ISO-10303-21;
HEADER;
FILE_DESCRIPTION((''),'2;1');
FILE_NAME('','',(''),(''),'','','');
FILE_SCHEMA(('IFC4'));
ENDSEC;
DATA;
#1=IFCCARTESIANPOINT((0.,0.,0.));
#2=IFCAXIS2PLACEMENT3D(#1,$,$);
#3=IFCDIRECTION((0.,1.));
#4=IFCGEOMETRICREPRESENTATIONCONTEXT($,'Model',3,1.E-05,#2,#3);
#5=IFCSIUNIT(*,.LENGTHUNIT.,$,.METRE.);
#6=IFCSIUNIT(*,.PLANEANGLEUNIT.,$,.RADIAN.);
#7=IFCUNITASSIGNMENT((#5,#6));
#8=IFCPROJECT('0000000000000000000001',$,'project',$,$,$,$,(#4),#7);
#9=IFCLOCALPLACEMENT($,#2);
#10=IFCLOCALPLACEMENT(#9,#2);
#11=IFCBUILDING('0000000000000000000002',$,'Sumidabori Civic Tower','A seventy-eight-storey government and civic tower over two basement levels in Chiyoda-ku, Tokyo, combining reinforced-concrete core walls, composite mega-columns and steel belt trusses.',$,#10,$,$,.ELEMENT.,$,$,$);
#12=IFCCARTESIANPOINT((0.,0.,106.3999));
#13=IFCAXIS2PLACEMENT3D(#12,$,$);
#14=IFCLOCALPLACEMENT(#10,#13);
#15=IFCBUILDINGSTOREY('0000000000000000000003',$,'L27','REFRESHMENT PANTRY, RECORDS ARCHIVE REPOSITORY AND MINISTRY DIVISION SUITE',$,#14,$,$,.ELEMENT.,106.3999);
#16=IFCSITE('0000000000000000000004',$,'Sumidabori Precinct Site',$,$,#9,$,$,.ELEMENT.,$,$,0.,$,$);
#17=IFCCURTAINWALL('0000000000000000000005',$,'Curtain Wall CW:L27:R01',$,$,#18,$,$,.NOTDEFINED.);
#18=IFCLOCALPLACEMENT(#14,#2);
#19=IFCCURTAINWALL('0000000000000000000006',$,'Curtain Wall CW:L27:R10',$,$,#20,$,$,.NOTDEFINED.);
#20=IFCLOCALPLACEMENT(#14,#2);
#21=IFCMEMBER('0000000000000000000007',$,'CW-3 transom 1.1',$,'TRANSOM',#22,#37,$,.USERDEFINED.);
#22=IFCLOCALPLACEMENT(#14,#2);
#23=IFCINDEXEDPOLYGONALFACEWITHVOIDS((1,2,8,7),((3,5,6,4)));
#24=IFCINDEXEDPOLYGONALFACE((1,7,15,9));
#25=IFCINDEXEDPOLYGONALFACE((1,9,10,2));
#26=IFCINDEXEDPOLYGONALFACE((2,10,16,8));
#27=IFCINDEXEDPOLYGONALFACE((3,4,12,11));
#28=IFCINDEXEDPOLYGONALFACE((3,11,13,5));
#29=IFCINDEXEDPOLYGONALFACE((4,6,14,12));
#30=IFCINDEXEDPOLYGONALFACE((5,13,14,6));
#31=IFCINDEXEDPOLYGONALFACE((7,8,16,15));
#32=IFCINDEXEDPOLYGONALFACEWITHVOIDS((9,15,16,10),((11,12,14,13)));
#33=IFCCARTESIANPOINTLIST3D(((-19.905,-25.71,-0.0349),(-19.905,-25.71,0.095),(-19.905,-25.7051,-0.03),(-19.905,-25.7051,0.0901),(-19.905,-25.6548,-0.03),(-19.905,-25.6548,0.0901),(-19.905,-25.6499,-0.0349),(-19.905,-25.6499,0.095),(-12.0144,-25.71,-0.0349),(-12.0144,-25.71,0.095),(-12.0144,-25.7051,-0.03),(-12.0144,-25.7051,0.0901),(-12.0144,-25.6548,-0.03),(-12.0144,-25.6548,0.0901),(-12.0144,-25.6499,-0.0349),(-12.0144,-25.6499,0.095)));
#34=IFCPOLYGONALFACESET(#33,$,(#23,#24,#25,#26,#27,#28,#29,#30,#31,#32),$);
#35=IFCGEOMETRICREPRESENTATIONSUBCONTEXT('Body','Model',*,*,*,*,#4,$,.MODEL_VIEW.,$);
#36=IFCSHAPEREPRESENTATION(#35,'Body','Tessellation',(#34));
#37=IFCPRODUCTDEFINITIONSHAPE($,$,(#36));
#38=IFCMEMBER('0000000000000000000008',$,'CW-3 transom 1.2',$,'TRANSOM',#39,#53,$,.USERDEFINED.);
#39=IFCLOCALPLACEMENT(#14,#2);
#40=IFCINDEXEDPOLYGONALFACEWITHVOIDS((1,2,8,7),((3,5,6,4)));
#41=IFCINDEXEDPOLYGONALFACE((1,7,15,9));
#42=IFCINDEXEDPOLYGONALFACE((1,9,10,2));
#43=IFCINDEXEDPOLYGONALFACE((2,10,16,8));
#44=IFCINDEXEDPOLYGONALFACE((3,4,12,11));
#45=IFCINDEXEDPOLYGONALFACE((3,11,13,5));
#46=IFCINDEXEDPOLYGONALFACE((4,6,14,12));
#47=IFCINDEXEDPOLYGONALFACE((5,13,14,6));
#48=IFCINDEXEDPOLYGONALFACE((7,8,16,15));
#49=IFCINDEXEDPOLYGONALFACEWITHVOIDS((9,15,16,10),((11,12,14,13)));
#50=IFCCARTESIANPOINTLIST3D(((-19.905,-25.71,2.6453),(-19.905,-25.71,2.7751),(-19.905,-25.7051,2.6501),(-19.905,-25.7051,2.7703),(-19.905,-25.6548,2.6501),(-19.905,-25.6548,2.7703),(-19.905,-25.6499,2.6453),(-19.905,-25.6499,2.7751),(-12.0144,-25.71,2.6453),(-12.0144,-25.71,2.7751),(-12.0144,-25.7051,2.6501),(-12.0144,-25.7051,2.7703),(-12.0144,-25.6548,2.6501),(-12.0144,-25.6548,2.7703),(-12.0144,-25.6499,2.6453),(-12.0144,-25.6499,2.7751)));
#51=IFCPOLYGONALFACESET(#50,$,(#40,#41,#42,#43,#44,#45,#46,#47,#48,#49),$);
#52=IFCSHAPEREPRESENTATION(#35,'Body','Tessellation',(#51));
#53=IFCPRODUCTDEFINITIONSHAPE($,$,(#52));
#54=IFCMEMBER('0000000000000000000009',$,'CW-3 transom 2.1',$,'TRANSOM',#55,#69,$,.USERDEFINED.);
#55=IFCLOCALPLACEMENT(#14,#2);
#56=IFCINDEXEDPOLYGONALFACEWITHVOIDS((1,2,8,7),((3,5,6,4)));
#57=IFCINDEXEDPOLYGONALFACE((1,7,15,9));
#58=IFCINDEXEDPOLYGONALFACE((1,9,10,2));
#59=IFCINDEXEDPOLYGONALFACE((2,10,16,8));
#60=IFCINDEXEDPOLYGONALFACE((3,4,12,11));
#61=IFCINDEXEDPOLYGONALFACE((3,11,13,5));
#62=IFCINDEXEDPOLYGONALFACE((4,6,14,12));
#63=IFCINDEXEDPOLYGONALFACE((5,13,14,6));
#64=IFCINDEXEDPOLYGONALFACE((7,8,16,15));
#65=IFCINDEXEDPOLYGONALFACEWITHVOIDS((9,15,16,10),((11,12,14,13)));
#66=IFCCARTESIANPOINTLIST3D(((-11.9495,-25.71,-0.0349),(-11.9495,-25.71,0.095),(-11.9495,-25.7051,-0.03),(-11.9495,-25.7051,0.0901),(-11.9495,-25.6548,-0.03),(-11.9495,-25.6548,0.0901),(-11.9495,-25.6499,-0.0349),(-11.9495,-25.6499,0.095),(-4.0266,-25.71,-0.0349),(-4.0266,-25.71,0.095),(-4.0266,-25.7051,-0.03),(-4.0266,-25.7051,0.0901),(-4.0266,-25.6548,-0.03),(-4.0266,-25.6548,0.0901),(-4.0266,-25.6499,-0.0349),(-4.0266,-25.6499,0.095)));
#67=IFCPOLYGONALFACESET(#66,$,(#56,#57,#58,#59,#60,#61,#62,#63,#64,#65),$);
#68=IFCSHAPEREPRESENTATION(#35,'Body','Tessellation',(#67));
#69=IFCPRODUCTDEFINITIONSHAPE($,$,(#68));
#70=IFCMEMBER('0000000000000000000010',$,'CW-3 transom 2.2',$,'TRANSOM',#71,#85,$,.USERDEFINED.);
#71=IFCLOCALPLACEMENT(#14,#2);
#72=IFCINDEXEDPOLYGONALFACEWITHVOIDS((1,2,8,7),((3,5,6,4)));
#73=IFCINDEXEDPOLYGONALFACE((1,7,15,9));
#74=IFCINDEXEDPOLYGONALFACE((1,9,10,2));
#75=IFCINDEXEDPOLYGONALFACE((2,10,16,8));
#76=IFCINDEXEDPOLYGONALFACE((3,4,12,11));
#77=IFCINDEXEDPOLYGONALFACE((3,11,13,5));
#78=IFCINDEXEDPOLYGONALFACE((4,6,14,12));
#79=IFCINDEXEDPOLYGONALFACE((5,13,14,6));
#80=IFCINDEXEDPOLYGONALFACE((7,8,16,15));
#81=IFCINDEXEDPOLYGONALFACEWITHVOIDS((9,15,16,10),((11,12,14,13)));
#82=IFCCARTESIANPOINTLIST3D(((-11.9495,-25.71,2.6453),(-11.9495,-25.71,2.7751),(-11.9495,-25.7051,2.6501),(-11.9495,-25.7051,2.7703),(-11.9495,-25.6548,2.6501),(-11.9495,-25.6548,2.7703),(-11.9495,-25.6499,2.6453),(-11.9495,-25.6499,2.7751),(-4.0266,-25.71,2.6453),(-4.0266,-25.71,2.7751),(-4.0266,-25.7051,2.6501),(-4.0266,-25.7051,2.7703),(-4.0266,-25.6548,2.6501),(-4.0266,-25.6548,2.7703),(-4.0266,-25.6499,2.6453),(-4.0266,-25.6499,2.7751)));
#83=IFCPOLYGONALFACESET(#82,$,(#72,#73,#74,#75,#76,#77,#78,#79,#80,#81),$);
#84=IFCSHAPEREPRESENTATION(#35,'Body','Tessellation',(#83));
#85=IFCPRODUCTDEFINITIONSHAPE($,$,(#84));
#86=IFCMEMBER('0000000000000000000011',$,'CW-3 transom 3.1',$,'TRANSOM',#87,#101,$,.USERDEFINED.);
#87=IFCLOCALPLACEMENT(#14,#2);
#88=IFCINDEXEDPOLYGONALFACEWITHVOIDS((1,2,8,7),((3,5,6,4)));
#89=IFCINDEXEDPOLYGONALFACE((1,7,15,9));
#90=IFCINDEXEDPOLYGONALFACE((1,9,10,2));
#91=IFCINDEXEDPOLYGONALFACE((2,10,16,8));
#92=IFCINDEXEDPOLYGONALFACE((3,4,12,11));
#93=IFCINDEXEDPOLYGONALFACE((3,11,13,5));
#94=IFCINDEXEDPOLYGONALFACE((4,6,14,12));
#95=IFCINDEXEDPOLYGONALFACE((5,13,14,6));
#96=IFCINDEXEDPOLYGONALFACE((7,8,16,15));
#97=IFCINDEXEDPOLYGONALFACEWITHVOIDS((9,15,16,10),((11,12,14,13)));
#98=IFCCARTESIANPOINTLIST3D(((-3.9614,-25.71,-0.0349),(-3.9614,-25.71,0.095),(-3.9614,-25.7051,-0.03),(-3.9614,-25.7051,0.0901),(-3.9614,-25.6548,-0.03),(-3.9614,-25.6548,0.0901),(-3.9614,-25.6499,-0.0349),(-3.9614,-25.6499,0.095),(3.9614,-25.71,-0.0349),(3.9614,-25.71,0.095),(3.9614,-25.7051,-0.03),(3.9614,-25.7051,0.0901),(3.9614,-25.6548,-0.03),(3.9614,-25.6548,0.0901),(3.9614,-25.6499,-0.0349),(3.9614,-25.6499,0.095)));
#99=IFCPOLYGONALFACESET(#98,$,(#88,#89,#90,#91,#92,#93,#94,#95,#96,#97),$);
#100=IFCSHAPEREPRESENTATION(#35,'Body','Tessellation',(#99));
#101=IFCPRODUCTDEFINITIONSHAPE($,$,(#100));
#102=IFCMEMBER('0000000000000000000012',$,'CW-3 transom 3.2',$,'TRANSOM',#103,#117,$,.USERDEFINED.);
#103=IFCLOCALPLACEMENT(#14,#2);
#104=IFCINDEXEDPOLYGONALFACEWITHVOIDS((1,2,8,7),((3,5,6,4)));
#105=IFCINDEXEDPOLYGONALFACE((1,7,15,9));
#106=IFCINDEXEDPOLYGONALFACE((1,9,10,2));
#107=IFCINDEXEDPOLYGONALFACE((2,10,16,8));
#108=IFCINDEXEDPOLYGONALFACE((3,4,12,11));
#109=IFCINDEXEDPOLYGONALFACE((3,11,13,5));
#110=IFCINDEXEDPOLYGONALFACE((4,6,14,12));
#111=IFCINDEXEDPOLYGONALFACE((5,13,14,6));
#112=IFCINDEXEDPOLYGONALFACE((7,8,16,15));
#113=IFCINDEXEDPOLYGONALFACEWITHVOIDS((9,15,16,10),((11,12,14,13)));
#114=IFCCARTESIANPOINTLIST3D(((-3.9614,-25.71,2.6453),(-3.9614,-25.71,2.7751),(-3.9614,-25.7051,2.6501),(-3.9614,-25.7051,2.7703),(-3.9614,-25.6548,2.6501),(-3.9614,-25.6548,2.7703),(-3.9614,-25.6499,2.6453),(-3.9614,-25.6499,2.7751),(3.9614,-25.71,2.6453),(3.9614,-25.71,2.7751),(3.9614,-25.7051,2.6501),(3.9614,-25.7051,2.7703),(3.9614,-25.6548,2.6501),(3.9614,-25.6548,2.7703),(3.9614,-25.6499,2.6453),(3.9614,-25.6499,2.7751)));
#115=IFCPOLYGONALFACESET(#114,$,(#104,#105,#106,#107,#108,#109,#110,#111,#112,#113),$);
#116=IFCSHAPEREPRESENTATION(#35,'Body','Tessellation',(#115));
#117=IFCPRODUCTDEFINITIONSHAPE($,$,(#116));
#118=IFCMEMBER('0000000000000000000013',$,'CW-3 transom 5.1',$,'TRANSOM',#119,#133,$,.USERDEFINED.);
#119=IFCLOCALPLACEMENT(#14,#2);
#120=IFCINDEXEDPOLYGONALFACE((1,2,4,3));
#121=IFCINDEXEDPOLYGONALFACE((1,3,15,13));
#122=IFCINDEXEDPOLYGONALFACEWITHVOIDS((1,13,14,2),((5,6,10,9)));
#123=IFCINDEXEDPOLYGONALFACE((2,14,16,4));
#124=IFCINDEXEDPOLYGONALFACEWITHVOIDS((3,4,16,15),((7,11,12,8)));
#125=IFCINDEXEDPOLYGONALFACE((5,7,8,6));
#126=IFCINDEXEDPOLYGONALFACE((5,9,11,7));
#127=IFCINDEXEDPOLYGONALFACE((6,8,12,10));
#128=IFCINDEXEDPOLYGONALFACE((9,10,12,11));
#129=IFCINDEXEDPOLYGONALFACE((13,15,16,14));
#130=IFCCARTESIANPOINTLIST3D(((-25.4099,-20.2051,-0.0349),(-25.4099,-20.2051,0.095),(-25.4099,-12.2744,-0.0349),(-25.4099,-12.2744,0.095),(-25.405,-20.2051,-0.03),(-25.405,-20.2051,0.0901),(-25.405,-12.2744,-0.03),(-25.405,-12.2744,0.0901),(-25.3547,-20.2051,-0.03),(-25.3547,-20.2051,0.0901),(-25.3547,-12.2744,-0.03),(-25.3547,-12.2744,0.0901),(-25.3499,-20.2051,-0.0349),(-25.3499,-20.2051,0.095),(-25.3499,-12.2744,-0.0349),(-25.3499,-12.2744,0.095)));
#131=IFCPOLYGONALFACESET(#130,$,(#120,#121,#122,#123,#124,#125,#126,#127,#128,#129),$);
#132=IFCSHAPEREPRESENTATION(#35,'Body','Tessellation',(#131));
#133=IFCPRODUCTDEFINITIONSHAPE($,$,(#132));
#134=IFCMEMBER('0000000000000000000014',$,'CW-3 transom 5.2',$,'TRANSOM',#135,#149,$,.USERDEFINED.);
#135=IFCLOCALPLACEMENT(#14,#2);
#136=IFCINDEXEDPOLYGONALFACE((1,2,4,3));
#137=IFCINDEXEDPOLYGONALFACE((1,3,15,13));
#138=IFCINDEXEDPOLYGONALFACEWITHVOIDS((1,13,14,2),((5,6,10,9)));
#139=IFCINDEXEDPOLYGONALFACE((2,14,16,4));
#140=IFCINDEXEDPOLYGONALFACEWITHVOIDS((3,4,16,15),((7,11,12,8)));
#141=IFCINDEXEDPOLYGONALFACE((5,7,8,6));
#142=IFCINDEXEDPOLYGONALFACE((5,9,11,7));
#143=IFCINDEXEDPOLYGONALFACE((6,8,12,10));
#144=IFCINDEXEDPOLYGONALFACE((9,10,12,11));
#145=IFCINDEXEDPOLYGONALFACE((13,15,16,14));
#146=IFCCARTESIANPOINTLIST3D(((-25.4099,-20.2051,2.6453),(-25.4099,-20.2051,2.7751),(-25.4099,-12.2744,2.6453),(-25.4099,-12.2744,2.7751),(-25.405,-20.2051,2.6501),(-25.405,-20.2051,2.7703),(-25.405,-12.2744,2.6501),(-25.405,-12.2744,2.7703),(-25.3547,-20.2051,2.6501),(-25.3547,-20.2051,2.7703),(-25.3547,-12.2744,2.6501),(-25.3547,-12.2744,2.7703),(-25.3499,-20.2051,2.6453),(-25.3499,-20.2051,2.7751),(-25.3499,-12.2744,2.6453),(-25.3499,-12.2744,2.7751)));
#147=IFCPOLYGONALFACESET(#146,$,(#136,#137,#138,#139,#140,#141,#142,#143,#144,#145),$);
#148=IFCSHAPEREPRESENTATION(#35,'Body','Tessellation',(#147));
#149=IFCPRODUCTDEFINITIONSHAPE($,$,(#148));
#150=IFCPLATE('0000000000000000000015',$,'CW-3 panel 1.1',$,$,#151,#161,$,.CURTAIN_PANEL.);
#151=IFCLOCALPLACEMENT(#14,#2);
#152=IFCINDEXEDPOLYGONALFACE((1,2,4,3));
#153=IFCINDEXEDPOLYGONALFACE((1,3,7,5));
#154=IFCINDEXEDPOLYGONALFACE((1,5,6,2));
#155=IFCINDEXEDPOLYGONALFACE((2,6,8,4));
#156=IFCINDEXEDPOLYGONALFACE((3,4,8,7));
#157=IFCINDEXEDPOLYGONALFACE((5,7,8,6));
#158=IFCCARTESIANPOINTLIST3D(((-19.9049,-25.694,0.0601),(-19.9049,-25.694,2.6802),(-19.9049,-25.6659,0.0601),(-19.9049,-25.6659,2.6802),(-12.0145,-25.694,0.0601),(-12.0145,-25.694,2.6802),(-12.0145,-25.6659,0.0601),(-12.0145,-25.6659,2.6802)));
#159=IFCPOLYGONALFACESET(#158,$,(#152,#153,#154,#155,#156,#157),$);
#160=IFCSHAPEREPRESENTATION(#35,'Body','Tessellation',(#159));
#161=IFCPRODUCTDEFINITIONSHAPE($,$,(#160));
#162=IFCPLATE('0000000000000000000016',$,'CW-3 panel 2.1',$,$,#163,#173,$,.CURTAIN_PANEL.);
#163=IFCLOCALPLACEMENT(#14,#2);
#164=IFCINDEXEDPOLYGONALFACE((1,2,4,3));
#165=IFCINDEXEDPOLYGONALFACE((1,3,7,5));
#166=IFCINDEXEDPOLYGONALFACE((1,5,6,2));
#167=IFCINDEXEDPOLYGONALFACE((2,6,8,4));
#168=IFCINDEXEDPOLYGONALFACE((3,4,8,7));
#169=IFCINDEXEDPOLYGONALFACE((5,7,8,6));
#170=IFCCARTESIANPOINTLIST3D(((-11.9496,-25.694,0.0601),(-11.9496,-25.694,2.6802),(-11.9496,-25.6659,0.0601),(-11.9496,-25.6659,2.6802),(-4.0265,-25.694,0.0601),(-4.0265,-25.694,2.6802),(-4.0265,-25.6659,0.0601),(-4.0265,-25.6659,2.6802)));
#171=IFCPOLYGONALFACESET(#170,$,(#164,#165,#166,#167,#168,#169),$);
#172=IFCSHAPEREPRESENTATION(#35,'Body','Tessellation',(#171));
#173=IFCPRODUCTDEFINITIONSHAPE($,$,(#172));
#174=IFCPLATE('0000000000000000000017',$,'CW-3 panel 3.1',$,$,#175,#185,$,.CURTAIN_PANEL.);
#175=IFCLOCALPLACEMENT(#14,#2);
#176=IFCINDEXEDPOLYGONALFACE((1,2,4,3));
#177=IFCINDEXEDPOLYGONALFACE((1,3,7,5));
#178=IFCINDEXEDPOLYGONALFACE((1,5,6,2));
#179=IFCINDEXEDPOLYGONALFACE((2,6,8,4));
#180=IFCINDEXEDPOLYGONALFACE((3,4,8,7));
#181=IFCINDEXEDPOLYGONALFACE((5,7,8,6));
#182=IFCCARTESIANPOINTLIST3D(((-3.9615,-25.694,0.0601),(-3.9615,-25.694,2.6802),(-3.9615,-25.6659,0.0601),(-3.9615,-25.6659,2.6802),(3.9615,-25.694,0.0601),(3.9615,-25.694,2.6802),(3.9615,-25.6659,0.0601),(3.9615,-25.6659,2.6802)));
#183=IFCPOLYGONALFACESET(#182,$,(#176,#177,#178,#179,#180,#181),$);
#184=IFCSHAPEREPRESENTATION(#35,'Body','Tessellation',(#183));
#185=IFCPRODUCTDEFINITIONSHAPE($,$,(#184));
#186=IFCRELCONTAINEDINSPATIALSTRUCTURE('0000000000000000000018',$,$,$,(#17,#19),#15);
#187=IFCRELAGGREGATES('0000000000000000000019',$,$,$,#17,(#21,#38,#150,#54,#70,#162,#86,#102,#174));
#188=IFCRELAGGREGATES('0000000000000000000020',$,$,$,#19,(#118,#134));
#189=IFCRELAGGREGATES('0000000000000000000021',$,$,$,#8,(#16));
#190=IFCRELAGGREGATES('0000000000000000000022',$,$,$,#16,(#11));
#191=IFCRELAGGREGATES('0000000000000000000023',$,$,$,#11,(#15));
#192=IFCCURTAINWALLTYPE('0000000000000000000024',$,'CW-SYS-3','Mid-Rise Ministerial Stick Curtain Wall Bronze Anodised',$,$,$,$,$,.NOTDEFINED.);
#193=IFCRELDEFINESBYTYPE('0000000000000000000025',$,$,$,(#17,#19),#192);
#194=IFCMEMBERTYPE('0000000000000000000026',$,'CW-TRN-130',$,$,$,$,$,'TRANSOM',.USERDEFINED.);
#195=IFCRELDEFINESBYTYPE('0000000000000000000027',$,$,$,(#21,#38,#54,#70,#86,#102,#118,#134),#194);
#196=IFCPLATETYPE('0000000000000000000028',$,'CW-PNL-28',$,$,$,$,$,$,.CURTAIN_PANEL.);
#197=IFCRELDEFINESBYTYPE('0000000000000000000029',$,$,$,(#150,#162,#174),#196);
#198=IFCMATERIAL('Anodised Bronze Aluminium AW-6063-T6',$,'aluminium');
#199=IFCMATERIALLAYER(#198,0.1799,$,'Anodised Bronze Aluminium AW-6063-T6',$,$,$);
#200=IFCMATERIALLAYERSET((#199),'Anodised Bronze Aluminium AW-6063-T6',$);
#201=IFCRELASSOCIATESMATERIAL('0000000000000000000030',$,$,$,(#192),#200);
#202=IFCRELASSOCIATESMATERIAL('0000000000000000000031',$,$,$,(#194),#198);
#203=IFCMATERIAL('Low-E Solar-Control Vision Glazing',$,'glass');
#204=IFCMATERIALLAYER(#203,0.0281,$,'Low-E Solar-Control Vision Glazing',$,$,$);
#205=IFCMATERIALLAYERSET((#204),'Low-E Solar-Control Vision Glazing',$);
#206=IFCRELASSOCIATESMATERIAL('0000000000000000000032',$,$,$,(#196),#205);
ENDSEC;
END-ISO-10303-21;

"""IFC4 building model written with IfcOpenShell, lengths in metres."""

from ifc_helpers import new_model, si_unit, direction, frame, origin, origin_2d, place, context, subcontext, project, spatial, rectangle, hollow_rectangle, extrude, source, transform, mapped, material, layer, layer_set, material_profile, profile_set, type_object, element, aggregate, save


model = new_model("IFC4")

# Units and contexts
model_context = context("Model", 3, precision=1e-05, world=origin(), true_north=direction((0.0, 1.0)))
body_context = subcontext(model_context, "Body", "Model", "MODEL_VIEW")
ifc_project = project(units=[si_unit("LENGTHUNIT", "METRE"), si_unit("PLANEANGLEUNIT", "RADIAN")], contexts=[model_context])

# Site, building, storey
site_placement = place(None, origin())
site = spatial("IfcSite", under=ifc_project, at=site_placement, Name="Sumidabori Precinct Site", CompositionType="ELEMENT", RefElevation=0.0)
building_placement = place(site_placement, origin())
building = spatial("IfcBuilding", under=site, at=building_placement, Name="Sumidabori Civic Tower", Description="A seventy-eight-storey government and civic tower over two basement levels in Chiyoda-ku, Tokyo, combining reinforced-concrete core walls, composite mega-columns and steel belt trusses.", CompositionType="ELEMENT")
storey_placement = place(building_placement, frame((0.0, 0.0, 106.3999)))
storey = spatial("IfcBuildingStorey", under=building, at=storey_placement, Name="L27", Description="REFRESHMENT PANTRY, RECORDS ARCHIVE REPOSITORY AND MINISTRY DIVISION SUITE", CompositionType="ELEMENT", Elevation=106.3999)

# Curtain walls
ifc_material_1 = material(Name="Anodised Bronze Aluminium AW-6063-T6", Category="aluminium")
ifc_layer_1 = layer(ifc_material_1, 0.1799, Name="Anodised Bronze Aluminium AW-6063-T6")
ifc_layer_set_1 = layer_set([ifc_layer_1], Name="Anodised Bronze Aluminium AW-6063-T6")
curtain_wall_type = type_object("IfcCurtainWallType", Name="CW-SYS-3", Description="Mid-Rise Ministerial Stick Curtain Wall Bronze Anodised", PredefinedType="NOTDEFINED", material=ifc_layer_set_1)
curtain_wall_1_placement = place(storey_placement, origin())
curtain_wall_1 = element("IfcCurtainWall", 1, at=curtain_wall_1_placement, inside=storey, type_object=curtain_wall_type, Name="Curtain Wall CW:L27:R01", PredefinedType="NOTDEFINED")
curtain_wall_2_placement = place(storey_placement, origin())
curtain_wall_2 = element("IfcCurtainWall", 2, at=curtain_wall_2_placement, inside=storey, type_object=curtain_wall_type, Name="Curtain Wall CW:L27:R10", PredefinedType="NOTDEFINED")

# Members
ifc_material_profile_1 = material_profile(ifc_material_1, hollow_rectangle(XDim=0.0601, YDim=0.1299, WallThickness=0.0049, at=origin_2d()), Name="ALU TRANSOM 130x60")
ifc_profile_set_1 = profile_set([ifc_material_profile_1], Name="Anodised Bronze Aluminium AW-6063-T6")
member_type_1 = type_object("IfcMemberType", Name="CW-TRN-130", ElementType="TRANSOM", PredefinedType="USERDEFINED", material=ifc_profile_set_1)
shared_shape_1 = source(origin(), body_context, "Body", "SweptSolid", [
    extrude(hollow_rectangle(XDim=0.0601, YDim=0.1299, WallThickness=0.0049, at=origin_2d()), origin(), (0.0, 0.0, 1.0), 7.8906),
])
member_1_placement = place(storey_placement, frame((-19.905, -25.6799, 0.03), z_axis=(1.0, 0.0, 0.0), x_axis=(0.0, 1.0, 0.0)))
member_1 = element("IfcMember", 3, at=member_1_placement, type_object=member_type_1, Name="CW-3 transom 1.1", ObjectType="TRANSOM", PredefinedType="USERDEFINED", context=body_context, shape_type="MappedRepresentation", body=[
    mapped(shared_shape_1, transform((0.0, 0.0, 0.0), x_axis=(1.0, 0.0, 0.0), y_axis=(0.0, 1.0, 0.0), z_axis=(0.0, 0.0, 1.0), scale=1.0)),
])
member_2_placement = place(storey_placement, frame((-19.905, -25.6799, 2.7102), z_axis=(1.0, 0.0, 0.0), x_axis=(0.0, 1.0, 0.0)))
member_2 = element("IfcMember", 4, at=member_2_placement, type_object=member_type_1, Name="CW-3 transom 1.2", ObjectType="TRANSOM", PredefinedType="USERDEFINED", context=body_context, shape_type="MappedRepresentation", body=[
    mapped(shared_shape_1, transform((0.0, 0.0, 0.0), x_axis=(1.0, 0.0, 0.0), y_axis=(0.0, 1.0, 0.0), z_axis=(0.0, 0.0, 1.0), scale=1.0)),
])
shared_shape_2 = source(origin(), body_context, "Body", "SweptSolid", [
    extrude(hollow_rectangle(XDim=0.0601, YDim=0.1299, WallThickness=0.0049, at=origin_2d()), origin(), (0.0, 0.0, 1.0), 7.9229),
])
member_3_placement = place(storey_placement, frame((-11.9495, -25.6799, 0.03), z_axis=(1.0, 0.0, 0.0), x_axis=(0.0, 1.0, 0.0)))
member_3 = element("IfcMember", 5, at=member_3_placement, type_object=member_type_1, Name="CW-3 transom 2.1", ObjectType="TRANSOM", PredefinedType="USERDEFINED", context=body_context, shape_type="MappedRepresentation", body=[
    mapped(shared_shape_2, transform((0.0, 0.0, 0.0), x_axis=(1.0, 0.0, 0.0), y_axis=(0.0, 1.0, 0.0), z_axis=(0.0, 0.0, 1.0), scale=1.0)),
])
member_4_placement = place(storey_placement, frame((-11.9495, -25.6799, 2.7102), z_axis=(1.0, 0.0, 0.0), x_axis=(0.0, 1.0, 0.0)))
member_4 = element("IfcMember", 6, at=member_4_placement, type_object=member_type_1, Name="CW-3 transom 2.2", ObjectType="TRANSOM", PredefinedType="USERDEFINED", context=body_context, shape_type="MappedRepresentation", body=[
    mapped(shared_shape_2, transform((0.0, 0.0, 0.0), x_axis=(1.0, 0.0, 0.0), y_axis=(0.0, 1.0, 0.0), z_axis=(0.0, 0.0, 1.0), scale=1.0)),
])
member_5_placement = place(storey_placement, frame((-3.9614, -25.6799, 0.03), z_axis=(1.0, 0.0, 0.0), x_axis=(0.0, 1.0, 0.0)))
member_5 = element("IfcMember", 7, at=member_5_placement, type_object=member_type_1, Name="CW-3 transom 3.1", ObjectType="TRANSOM", PredefinedType="USERDEFINED", context=body_context, shape_type="MappedRepresentation", body=[
    mapped(shared_shape_2, transform((0.0, 0.0, 0.0), x_axis=(1.0, 0.0, 0.0), y_axis=(0.0, 1.0, 0.0), z_axis=(0.0, 0.0, 1.0), scale=1.0)),
])
member_6_placement = place(storey_placement, frame((-3.9614, -25.6799, 2.7102), z_axis=(1.0, 0.0, 0.0), x_axis=(0.0, 1.0, 0.0)))
member_6 = element("IfcMember", 8, at=member_6_placement, type_object=member_type_1, Name="CW-3 transom 3.2", ObjectType="TRANSOM", PredefinedType="USERDEFINED", context=body_context, shape_type="MappedRepresentation", body=[
    mapped(shared_shape_2, transform((0.0, 0.0, 0.0), x_axis=(1.0, 0.0, 0.0), y_axis=(0.0, 1.0, 0.0), z_axis=(0.0, 0.0, 1.0), scale=1.0)),
])
shared_shape_3 = source(origin(), body_context, "Body", "SweptSolid", [
    extrude(hollow_rectangle(XDim=0.0601, YDim=0.1299, WallThickness=0.0049, at=origin_2d()), origin(), (0.0, 0.0, 1.0), 7.9307),
])
member_7_placement = place(storey_placement, frame((-25.3799, -12.2744, 0.03), z_axis=(0.0, -1.0, 0.0), x_axis=(1.0, 0.0, 0.0)))
member_7 = element("IfcMember", 9, at=member_7_placement, type_object=member_type_1, Name="CW-3 transom 5.1", ObjectType="TRANSOM", PredefinedType="USERDEFINED", context=body_context, shape_type="MappedRepresentation", body=[
    mapped(shared_shape_3, transform((0.0, 0.0, 0.0), x_axis=(1.0, 0.0, 0.0), y_axis=(0.0, 1.0, 0.0), z_axis=(0.0, 0.0, 1.0), scale=1.0)),
])
member_8_placement = place(storey_placement, frame((-25.3799, -12.2744, 2.7102), z_axis=(0.0, -1.0, 0.0), x_axis=(1.0, 0.0, 0.0)))
member_8 = element("IfcMember", 10, at=member_8_placement, type_object=member_type_1, Name="CW-3 transom 5.2", ObjectType="TRANSOM", PredefinedType="USERDEFINED", context=body_context, shape_type="MappedRepresentation", body=[
    mapped(shared_shape_3, transform((0.0, 0.0, 0.0), x_axis=(1.0, 0.0, 0.0), y_axis=(0.0, 1.0, 0.0), z_axis=(0.0, 0.0, 1.0), scale=1.0)),
])

# Plates
ifc_material_2 = material(Name="Low-E Solar-Control Vision Glazing", Category="glass")
ifc_layer_2 = layer(ifc_material_2, 0.0281, Name="Low-E Solar-Control Vision Glazing")
ifc_layer_set_2 = layer_set([ifc_layer_2], Name="Low-E Solar-Control Vision Glazing")
plate_type = type_object("IfcPlateType", Name="CW-PNL-28", PredefinedType="CURTAIN_PANEL", material=ifc_layer_set_2)
shared_shape_4 = source(origin(), body_context, "Body", "SweptSolid", [
    extrude(rectangle(XDim=7.8904, YDim=0.0281, at=origin_2d()), origin(), (0.0, 0.0, 1.0), 2.6201),
])
plate_1_placement = place(storey_placement, frame((-15.9597, -25.6799, 0.0601), z_axis=(0.0, 0.0, 1.0), x_axis=(1.0, 0.0, 0.0)))
plate_1 = element("IfcPlate", 11, at=plate_1_placement, type_object=plate_type, Name="CW-3 panel 1.1", PredefinedType="CURTAIN_PANEL", context=body_context, shape_type="MappedRepresentation", body=[
    mapped(shared_shape_4, transform((0.0, 0.0, 0.0), x_axis=(1.0, 0.0, 0.0), y_axis=(0.0, 1.0, 0.0), z_axis=(0.0, 0.0, 1.0), scale=1.0)),
])
shared_shape_5 = source(origin(), body_context, "Body", "SweptSolid", [
    extrude(rectangle(XDim=7.9231, YDim=0.0281, at=origin_2d()), origin(), (0.0, 0.0, 1.0), 2.6201),
])
plate_2_placement = place(storey_placement, frame((-7.988, -25.6799, 0.0601), z_axis=(0.0, 0.0, 1.0), x_axis=(1.0, 0.0, 0.0)))
plate_2 = element("IfcPlate", 12, at=plate_2_placement, type_object=plate_type, Name="CW-3 panel 2.1", PredefinedType="CURTAIN_PANEL", context=body_context, shape_type="MappedRepresentation", body=[
    mapped(shared_shape_5, transform((0.0, 0.0, 0.0), x_axis=(1.0, 0.0, 0.0), y_axis=(0.0, 1.0, 0.0), z_axis=(0.0, 0.0, 1.0), scale=1.0)),
])
plate_3_placement = place(storey_placement, frame((0.0, -25.6799, 0.0601), z_axis=(0.0, 0.0, 1.0), x_axis=(1.0, 0.0, 0.0)))
plate_3 = element("IfcPlate", 13, at=plate_3_placement, type_object=plate_type, Name="CW-3 panel 3.1", PredefinedType="CURTAIN_PANEL", context=body_context, shape_type="MappedRepresentation", body=[
    mapped(shared_shape_5, transform((0.0, 0.0, 0.0), x_axis=(1.0, 0.0, 0.0), y_axis=(0.0, 1.0, 0.0), z_axis=(0.0, 0.0, 1.0), scale=1.0)),
])
aggregate(curtain_wall_1, [member_1, member_2, plate_1, member_3, member_4, plate_2, member_5, member_6, plate_3])
aggregate(curtain_wall_2, [member_7, member_8])

save(model, "model.ifc")
